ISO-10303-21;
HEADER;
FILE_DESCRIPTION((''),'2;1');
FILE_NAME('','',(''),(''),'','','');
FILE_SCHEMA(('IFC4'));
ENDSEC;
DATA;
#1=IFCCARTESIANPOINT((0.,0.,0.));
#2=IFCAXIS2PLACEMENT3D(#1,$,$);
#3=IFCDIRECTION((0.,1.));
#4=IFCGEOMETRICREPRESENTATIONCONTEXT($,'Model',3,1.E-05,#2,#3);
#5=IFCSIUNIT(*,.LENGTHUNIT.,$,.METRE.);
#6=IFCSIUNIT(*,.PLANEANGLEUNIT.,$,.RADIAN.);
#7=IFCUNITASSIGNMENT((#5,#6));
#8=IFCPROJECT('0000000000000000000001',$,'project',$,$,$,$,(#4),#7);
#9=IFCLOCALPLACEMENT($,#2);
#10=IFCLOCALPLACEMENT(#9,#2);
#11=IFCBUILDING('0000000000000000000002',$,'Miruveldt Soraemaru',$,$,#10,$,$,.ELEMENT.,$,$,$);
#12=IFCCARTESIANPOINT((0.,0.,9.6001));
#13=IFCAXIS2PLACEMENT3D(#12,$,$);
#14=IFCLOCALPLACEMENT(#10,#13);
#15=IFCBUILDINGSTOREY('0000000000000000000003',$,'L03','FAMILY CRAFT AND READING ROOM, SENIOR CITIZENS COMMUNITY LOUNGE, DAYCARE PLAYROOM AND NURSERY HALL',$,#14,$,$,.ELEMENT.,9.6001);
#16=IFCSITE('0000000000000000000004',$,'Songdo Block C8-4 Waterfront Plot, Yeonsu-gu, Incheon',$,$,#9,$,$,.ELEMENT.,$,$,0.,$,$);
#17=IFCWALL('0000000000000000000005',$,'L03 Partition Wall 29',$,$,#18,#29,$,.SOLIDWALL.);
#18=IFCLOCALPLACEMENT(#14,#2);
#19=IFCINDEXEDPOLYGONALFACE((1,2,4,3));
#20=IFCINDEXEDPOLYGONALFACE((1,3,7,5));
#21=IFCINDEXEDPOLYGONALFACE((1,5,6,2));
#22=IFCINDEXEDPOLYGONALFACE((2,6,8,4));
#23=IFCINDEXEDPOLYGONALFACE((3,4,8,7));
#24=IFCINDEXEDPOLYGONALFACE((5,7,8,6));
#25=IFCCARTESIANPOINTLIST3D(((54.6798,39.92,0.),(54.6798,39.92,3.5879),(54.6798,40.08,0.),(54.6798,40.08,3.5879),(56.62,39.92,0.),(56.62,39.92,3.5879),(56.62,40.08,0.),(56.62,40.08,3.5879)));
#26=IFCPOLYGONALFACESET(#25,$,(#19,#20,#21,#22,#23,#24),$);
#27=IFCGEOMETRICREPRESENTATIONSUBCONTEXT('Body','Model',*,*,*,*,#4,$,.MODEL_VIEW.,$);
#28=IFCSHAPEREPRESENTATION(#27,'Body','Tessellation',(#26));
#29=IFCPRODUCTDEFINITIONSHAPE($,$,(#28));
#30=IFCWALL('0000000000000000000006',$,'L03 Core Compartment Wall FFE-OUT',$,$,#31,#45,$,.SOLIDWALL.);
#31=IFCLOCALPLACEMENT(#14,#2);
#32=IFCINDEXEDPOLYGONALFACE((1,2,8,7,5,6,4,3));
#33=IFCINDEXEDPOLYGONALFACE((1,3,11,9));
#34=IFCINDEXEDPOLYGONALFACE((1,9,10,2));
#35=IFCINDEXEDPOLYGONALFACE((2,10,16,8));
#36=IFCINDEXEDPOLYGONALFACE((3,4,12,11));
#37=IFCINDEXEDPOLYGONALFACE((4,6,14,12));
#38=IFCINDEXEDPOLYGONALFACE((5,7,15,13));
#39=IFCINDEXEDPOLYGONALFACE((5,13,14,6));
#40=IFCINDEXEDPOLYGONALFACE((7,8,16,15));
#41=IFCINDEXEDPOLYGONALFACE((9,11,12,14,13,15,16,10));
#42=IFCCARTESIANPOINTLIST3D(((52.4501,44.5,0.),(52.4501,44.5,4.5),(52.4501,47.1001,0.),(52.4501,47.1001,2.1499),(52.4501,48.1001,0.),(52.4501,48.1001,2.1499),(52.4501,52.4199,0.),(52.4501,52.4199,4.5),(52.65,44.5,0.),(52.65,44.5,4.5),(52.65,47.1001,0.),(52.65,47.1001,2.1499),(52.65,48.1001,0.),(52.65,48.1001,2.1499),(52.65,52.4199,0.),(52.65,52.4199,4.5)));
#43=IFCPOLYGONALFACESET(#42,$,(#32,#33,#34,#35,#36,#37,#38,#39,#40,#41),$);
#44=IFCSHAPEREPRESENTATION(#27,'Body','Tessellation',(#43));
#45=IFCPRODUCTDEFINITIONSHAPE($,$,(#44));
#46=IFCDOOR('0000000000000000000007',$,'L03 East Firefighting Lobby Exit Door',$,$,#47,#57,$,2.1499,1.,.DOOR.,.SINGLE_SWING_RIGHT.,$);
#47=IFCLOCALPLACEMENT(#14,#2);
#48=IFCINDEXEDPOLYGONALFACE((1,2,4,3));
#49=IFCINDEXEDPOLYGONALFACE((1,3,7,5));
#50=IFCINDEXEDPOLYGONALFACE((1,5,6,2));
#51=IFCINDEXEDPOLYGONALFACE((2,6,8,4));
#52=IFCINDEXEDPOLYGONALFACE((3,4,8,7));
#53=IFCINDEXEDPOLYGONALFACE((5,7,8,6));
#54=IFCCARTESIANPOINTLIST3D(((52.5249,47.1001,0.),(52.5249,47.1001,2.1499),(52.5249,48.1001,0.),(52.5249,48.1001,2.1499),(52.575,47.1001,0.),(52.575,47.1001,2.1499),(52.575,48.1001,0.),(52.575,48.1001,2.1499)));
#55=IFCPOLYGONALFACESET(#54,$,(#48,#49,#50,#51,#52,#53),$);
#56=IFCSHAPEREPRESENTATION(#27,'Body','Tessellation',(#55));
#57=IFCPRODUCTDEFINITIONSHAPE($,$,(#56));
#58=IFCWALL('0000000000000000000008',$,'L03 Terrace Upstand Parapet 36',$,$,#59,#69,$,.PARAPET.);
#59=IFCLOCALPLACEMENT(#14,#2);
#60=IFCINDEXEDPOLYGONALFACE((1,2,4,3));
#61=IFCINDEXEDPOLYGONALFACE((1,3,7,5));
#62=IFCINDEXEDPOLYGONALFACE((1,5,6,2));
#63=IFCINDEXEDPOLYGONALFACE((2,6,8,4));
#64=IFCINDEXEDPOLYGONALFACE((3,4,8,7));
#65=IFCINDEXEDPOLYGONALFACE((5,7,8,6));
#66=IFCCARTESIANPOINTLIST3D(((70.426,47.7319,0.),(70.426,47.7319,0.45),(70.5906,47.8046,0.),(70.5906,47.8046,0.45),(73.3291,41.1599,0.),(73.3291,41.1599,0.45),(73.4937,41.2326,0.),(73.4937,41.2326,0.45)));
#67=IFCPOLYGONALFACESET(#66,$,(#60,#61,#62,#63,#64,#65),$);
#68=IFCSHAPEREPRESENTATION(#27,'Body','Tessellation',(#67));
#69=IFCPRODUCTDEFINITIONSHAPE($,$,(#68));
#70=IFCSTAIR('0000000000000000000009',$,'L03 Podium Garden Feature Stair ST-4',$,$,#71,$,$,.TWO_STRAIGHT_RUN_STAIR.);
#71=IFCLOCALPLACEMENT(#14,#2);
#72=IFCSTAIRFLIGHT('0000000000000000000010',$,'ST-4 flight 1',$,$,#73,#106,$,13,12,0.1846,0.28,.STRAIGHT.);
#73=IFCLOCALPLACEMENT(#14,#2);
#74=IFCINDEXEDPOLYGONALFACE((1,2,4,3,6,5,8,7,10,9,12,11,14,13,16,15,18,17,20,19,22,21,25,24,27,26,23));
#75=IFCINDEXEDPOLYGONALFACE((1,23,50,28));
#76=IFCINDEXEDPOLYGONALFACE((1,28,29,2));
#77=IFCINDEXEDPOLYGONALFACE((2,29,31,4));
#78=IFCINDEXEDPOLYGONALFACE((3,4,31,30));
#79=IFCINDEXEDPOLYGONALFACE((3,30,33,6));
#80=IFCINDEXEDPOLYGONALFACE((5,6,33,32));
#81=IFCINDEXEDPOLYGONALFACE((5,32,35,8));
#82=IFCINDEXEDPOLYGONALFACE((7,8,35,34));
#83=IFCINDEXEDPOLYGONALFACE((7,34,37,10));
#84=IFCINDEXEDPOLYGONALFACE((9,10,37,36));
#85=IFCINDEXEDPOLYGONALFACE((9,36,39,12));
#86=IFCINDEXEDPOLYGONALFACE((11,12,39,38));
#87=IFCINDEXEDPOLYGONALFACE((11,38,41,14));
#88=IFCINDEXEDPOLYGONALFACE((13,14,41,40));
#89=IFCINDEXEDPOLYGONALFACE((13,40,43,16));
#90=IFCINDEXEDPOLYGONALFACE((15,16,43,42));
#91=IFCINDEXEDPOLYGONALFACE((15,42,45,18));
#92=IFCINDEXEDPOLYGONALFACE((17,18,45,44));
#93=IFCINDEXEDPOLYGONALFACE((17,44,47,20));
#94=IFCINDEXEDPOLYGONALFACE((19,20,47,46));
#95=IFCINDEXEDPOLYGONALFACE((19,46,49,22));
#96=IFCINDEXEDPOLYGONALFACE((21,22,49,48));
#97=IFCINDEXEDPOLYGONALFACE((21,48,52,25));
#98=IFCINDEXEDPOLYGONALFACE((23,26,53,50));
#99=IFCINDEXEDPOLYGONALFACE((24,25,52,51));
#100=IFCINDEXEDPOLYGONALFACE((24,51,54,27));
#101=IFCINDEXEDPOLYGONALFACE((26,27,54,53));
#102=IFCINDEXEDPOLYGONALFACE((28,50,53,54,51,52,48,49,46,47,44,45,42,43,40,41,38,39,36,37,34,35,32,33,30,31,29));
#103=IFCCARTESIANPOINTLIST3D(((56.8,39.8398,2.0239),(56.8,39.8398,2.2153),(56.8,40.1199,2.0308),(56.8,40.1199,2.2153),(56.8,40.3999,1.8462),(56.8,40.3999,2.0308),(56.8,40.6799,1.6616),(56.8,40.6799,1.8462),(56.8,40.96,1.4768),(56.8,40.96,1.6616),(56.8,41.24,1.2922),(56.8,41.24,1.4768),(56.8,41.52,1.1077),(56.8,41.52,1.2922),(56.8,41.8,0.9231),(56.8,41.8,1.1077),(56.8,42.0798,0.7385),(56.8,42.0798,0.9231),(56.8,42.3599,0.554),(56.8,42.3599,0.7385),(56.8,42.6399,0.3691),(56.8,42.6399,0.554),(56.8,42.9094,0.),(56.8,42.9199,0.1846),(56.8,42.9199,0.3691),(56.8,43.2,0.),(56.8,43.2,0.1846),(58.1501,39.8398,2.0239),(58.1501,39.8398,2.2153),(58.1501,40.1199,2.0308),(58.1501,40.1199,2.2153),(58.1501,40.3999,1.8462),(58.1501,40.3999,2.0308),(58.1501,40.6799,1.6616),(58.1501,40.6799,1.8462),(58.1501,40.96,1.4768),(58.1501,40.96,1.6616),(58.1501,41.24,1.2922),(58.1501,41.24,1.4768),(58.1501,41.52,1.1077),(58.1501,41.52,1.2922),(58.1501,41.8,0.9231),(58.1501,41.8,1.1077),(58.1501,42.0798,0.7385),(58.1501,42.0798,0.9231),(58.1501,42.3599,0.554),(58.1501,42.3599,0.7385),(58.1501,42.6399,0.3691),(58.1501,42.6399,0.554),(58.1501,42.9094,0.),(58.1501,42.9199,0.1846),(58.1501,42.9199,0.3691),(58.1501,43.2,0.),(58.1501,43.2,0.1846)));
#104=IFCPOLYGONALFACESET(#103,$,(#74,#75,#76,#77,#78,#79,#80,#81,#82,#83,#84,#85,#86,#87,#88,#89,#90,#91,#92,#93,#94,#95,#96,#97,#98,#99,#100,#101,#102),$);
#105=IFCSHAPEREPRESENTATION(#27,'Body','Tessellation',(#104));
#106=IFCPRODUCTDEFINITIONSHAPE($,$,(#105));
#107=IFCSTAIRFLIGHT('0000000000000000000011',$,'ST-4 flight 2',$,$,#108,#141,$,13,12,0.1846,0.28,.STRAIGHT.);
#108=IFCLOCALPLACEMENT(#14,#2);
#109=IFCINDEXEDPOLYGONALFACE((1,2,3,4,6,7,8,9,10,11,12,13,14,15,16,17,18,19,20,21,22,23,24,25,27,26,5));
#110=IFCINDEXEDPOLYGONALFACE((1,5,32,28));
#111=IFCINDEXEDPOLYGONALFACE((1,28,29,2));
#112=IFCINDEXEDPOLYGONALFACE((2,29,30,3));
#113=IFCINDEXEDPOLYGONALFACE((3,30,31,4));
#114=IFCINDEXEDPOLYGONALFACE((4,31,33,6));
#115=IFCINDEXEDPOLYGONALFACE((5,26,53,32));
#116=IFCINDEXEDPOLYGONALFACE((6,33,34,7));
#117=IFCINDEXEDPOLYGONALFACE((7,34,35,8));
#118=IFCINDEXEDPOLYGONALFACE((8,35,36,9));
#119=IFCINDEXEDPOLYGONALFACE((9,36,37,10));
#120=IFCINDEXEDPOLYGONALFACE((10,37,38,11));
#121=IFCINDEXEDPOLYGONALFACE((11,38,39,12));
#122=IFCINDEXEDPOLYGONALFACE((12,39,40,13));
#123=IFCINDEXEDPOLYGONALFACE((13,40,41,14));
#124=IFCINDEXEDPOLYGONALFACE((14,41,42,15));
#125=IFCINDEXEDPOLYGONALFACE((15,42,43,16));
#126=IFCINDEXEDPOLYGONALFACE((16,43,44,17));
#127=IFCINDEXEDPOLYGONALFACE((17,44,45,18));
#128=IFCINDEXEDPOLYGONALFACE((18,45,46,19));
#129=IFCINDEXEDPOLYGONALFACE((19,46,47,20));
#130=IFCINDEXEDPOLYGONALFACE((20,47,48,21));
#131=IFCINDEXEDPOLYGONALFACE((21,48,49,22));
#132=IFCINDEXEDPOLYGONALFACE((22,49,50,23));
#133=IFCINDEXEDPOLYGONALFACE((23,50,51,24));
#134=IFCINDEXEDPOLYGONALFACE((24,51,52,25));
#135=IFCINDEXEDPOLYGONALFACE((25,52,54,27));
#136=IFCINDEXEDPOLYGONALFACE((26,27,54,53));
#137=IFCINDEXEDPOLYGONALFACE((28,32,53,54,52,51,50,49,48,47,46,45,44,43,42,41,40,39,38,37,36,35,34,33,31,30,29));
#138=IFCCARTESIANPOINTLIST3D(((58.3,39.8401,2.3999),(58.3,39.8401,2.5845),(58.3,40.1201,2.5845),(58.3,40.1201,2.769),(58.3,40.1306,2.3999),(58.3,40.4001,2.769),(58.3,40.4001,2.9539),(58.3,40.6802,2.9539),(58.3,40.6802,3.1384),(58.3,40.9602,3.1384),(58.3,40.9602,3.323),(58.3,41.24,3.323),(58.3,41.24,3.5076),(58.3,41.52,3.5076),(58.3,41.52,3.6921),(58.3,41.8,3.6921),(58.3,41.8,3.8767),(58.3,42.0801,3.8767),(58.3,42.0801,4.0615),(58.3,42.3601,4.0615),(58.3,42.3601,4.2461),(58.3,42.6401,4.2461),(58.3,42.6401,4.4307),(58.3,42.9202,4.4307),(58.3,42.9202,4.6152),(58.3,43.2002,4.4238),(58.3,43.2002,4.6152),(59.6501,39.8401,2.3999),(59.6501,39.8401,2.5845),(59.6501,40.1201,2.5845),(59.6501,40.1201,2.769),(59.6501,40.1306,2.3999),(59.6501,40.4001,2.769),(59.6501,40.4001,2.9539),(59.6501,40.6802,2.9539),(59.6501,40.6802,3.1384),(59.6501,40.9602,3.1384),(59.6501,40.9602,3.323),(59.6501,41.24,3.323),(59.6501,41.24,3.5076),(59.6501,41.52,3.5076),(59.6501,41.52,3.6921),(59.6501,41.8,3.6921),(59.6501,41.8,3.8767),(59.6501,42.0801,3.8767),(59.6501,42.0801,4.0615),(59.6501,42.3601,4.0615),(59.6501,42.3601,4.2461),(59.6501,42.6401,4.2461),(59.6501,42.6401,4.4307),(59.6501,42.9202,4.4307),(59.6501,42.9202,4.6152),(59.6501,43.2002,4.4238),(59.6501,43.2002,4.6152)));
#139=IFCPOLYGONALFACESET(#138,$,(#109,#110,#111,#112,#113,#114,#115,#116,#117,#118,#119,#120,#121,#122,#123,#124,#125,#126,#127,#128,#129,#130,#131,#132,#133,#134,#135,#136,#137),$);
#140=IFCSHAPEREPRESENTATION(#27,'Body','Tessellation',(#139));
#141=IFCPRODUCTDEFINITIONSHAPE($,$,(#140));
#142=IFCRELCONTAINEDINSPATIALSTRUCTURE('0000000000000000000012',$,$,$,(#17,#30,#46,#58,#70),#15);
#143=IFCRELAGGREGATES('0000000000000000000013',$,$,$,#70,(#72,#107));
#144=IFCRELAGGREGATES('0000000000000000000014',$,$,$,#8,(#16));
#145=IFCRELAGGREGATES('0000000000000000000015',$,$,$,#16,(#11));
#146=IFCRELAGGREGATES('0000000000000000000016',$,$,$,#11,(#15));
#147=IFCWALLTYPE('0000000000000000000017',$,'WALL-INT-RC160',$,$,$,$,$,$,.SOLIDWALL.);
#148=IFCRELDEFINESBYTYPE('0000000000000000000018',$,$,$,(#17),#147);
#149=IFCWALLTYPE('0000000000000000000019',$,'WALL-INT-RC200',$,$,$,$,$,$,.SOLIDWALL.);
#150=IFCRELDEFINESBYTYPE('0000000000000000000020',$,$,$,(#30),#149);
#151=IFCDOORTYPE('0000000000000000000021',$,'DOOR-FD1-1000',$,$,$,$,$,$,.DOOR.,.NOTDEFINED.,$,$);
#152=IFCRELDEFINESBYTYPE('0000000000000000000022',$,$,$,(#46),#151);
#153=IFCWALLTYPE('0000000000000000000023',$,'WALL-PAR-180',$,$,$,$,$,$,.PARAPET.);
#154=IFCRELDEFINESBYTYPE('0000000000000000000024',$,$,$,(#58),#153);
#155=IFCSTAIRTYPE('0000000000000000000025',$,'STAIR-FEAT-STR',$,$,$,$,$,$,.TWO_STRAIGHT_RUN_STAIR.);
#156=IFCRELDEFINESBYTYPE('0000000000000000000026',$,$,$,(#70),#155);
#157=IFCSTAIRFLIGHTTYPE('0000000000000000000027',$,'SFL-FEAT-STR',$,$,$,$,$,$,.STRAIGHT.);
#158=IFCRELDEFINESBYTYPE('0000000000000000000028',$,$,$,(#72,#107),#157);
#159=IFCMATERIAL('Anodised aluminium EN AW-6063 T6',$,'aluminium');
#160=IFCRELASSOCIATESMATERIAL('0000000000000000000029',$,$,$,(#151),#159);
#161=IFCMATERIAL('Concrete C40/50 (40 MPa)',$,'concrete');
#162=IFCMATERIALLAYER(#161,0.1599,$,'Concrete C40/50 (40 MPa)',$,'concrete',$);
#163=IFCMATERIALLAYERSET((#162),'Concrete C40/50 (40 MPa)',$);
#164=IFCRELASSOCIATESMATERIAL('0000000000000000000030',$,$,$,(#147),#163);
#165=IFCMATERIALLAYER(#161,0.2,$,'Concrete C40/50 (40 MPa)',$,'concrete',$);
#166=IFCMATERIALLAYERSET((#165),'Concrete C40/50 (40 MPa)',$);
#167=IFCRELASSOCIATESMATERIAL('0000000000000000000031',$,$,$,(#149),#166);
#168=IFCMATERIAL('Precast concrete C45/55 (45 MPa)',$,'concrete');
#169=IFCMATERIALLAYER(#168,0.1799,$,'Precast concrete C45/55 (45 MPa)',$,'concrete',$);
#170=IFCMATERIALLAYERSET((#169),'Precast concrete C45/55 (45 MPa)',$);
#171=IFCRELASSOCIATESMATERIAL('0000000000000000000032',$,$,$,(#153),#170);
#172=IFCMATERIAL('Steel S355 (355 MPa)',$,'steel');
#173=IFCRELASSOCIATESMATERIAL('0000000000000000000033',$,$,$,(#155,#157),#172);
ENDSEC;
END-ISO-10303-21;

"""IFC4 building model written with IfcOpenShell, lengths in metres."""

from ifc_helpers import new_model, si_unit, direction, frame, frame_2d, origin, place, context, subcontext, project, spatial, polyline, rectangle, outline, extrude, material, layer, layer_set, type_object, element, fill, aggregate, save


model = new_model("IFC4")

# Units and contexts
model_context = context("Model", 3, precision=1e-05, world=origin(), true_north=direction((0.0, 1.0)))
body_context = subcontext(model_context, "Body", "Model", "MODEL_VIEW")
ifc_project = project(units=[si_unit("LENGTHUNIT", "METRE"), si_unit("PLANEANGLEUNIT", "RADIAN")], contexts=[model_context])

# Site, building, storey
site_placement = place(None, origin())
site = spatial("IfcSite", under=ifc_project, at=site_placement, Name="Songdo Block C8-4 Waterfront Plot, Yeonsu-gu, Incheon", CompositionType="ELEMENT", RefElevation=0.0)
building_placement = place(site_placement, origin())
building = spatial("IfcBuilding", under=site, at=building_placement, Name="Miruveldt Soraemaru", CompositionType="ELEMENT")
storey_placement = place(building_placement, frame((0.0, 0.0, 9.6001)))
storey = spatial("IfcBuildingStorey", under=building, at=storey_placement, Name="L03", Description="FAMILY CRAFT AND READING ROOM, SENIOR CITIZENS COMMUNITY LOUNGE, DAYCARE PLAYROOM AND NURSERY HALL", CompositionType="ELEMENT", Elevation=9.6001)

# Shared definitions
ifc_material_1 = material(Name="Anodised aluminium EN AW-6063 T6", Category="aluminium")
door_type_1 = type_object("IfcDoorType", Name="DOOR-FD1-1000", OperationType="NOTDEFINED", PredefinedType="DOOR", material=ifc_material_1)

# Shared definitions
ifc_material_2 = material(Name="Precast concrete C45/55 (45 MPa)", Category="concrete")

# Shared definitions
ifc_material_3 = material(Name="Concrete C40/50 (40 MPa)", Category="concrete")
ifc_layer_1 = layer(ifc_material_3, 0.1599, Name="Concrete C40/50 (40 MPa)", Category="concrete")
ifc_layer_set_1 = layer_set([ifc_layer_1], Name="Concrete C40/50 (40 MPa)")
wall_type_1 = type_object("IfcWallType", Name="WALL-INT-RC160", PredefinedType="SOLIDWALL", material=ifc_layer_set_1)

# Wall
wall_1_placement = place(storey_placement, frame((56.6201, 40.0, 0.0), z_axis=(0.0, 0.0, 1.0), x_axis=(-1.0, 0.0, 0.0)))
element("IfcWall", 1, at=wall_1_placement, inside=storey, type_object=wall_type_1, Name="L03 Partition Wall 29", PredefinedType="SOLIDWALL", context=body_context, shape_type="SweptSolid", body=[
    extrude(rectangle(XDim=1.9402, YDim=0.1599, at=frame_2d((0.9702, 0.0))), origin(), (0.0, 0.0, 1.0), 3.5879),
])

# Wall, opening, door
ifc_layer_2 = layer(ifc_material_3, 0.2, Name="Concrete C40/50 (40 MPa)", Category="concrete")
ifc_layer_set_2 = layer_set([ifc_layer_2], Name="Concrete C40/50 (40 MPa)")
wall_type_2 = type_object("IfcWallType", Name="WALL-INT-RC200", PredefinedType="SOLIDWALL", material=ifc_layer_set_2)
wall_2_placement = place(storey_placement, frame((52.55, 44.5, 0.0), z_axis=(0.0, 0.0, 1.0), x_axis=(0.0, 1.0, 0.0)))
wall_2 = element("IfcWall", 2, at=wall_2_placement, inside=storey, type_object=wall_type_2, Name="L03 Core Compartment Wall FFE-OUT", PredefinedType="SOLIDWALL", context=body_context, shape_type="SweptSolid", body=[
    extrude(rectangle(XDim=7.9199, YDim=0.2, at=frame_2d((3.96, 0.0))), origin(), (0.0, 0.0, 1.0), 4.5),
])
opening_1_placement = place(wall_2_placement, frame((2.6001, 0.0, 0.0)))
opening_1 = element("IfcOpeningElement", 3, at=opening_1_placement, cuts=wall_2, PredefinedType="OPENING", context=body_context, shape_type="SweptSolid", body=[
    extrude(rectangle(XDim=1.0, YDim=2.1499, at=frame_2d((0.5, 1.075))), frame((0.0, 0.1099, 0.0), z_axis=(0.0, -1.0, 0.0), x_axis=(1.0, 0.0, 0.0)), (0.0, 0.0, 1.0), 0.22),
])
door_1_placement = place(opening_1_placement, frame((1.0, 0.0, 0.0), z_axis=(0.0, 0.0, 1.0), x_axis=(-1.0, 0.0, 0.0)))
door_1 = element("IfcDoor", 4, at=door_1_placement, inside=storey, type_object=door_type_1, Name="L03 East Firefighting Lobby Exit Door", OperationType="SINGLE_SWING_RIGHT", OverallHeight=2.1499, OverallWidth=1.0, PredefinedType="DOOR", context=body_context, shape_type="SweptSolid", body=[
    extrude(rectangle(XDim=1.0, YDim=2.1499, at=frame_2d((0.5, 1.075))), frame((0.0, 0.0249, 0.0), z_axis=(0.0, -1.0, 0.0), x_axis=(1.0, 0.0, 0.0)), (0.0, 0.0, 1.0), 0.05),
])
fill(opening_1, door_1)

# Wall
ifc_layer_3 = layer(ifc_material_2, 0.1799, Name="Precast concrete C45/55 (45 MPa)", Category="concrete")
ifc_layer_set_3 = layer_set([ifc_layer_3], Name="Precast concrete C45/55 (45 MPa)")
wall_type_3 = type_object("IfcWallType", Name="WALL-PAR-180", PredefinedType="PARAPET", material=ifc_layer_set_3)
wall_3_placement = place(storey_placement, frame((73.4114, 41.1963, 0.0), z_axis=(0.0, 0.0, 1.0), x_axis=(-0.404066, 0.91473, 0.0)))
element("IfcWall", 5, at=wall_3_placement, inside=storey, type_object=wall_type_3, Name="L03 Terrace Upstand Parapet 36", PredefinedType="PARAPET", context=body_context, shape_type="SweptSolid", body=[
    extrude(rectangle(XDim=7.1846, YDim=0.1799, at=frame_2d((3.5923, 0.0))), origin(), (0.0, 0.0, 1.0), 0.45),
])

# Stair, stair flights
ifc_material_4 = material(Name="Steel S355 (355 MPa)", Category="steel")
stair_type = type_object("IfcStairType", Name="STAIR-FEAT-STR", PredefinedType="TWO_STRAIGHT_RUN_STAIR", material=ifc_material_4)
stair_placement = place(storey_placement, origin())
stair = element("IfcStair", 6, at=stair_placement, inside=storey, type_object=stair_type, Name="L03 Podium Garden Feature Stair ST-4", PredefinedType="TWO_STRAIGHT_RUN_STAIR")
stair_flight_type = type_object("IfcStairFlightType", Name="SFL-FEAT-STR", PredefinedType="STRAIGHT", material=ifc_material_4)
stair_flight_1_placement = place(storey_placement, frame((57.4751, 43.2, 0.0), z_axis=(0.0, 0.0, 1.0), x_axis=(0.0, -1.0, 0.0)))
stair_flight_1 = element("IfcStairFlight", 7, at=stair_flight_1_placement, type_object=stair_flight_type, Name="ST-4 flight 1", NumberOfRisers=13, NumberOfTreads=12, PredefinedType="STRAIGHT", RiserHeight=0.1846, TreadLength=0.28, context=body_context, shape_type="SweptSolid", body=[
    extrude(outline(polyline([(0.0, 0.0), (0.0, 0.1846), (0.28, 0.1846), (0.28, 0.3691), (0.5601, 0.3691), (0.5601, 0.554), (0.8401, 0.554), (0.8401, 0.7385), (1.1201, 0.7385), (1.1201, 0.9231), (1.3999, 0.9231), (1.3999, 1.1077), (1.6799, 1.1077), (1.6799, 1.2922), (1.96, 1.2922), (1.96, 1.4768), (2.24, 1.4768), (2.24, 1.6616), (2.52, 1.6616), (2.52, 1.8462), (2.8, 1.8462), (2.8, 2.0308), (3.0801, 2.0308), (3.0801, 2.2153), (3.3601, 2.2153), (3.3601, 2.3999), (3.3601, 2.0239), (0.2905, 0.0), (0.0, 0.0)])), frame((0.0, 0.675, 0.0), z_axis=(0.0, -1.0, 0.0), x_axis=(1.0, 0.0, 0.0)), (0.0, 0.0, 1.0), 1.3501),
])
stair_flight_2_placement = place(storey_placement, frame((58.9751, 39.8401, 2.3999), z_axis=(0.0, 0.0, 1.0), x_axis=(0.0, 1.0, 0.0)))
stair_flight_2 = element("IfcStairFlight", 8, at=stair_flight_2_placement, type_object=stair_flight_type, Name="ST-4 flight 2", NumberOfRisers=13, NumberOfTreads=12, PredefinedType="STRAIGHT", RiserHeight=0.1846, TreadLength=0.28, context=body_context, shape_type="SweptSolid", body=[
    extrude(outline(polyline([(0.0, 0.0), (0.0, 0.1846), (0.28, 0.1846), (0.28, 0.3691), (0.5601, 0.3691), (0.5601, 0.554), (0.8401, 0.554), (0.8401, 0.7385), (1.1201, 0.7385), (1.1201, 0.9231), (1.3999, 0.9231), (1.3999, 1.1077), (1.6799, 1.1077), (1.6799, 1.2922), (1.96, 1.2922), (1.96, 1.4768), (2.24, 1.4768), (2.24, 1.6616), (2.52, 1.6616), (2.52, 1.8462), (2.8, 1.8462), (2.8, 2.0308), (3.0801, 2.0308), (3.0801, 2.2153), (3.3601, 2.2153), (3.3601, 2.3999), (3.3601, 2.0239), (0.2905, 0.0), (0.0, 0.0)])), frame((0.0, 0.675, 0.0), z_axis=(0.0, -1.0, 0.0), x_axis=(1.0, 0.0, 0.0)), (0.0, 0.0, 1.0), 1.3501),
])
aggregate(stair, [stair_flight_1, stair_flight_2])

save(model, "model.ifc")
